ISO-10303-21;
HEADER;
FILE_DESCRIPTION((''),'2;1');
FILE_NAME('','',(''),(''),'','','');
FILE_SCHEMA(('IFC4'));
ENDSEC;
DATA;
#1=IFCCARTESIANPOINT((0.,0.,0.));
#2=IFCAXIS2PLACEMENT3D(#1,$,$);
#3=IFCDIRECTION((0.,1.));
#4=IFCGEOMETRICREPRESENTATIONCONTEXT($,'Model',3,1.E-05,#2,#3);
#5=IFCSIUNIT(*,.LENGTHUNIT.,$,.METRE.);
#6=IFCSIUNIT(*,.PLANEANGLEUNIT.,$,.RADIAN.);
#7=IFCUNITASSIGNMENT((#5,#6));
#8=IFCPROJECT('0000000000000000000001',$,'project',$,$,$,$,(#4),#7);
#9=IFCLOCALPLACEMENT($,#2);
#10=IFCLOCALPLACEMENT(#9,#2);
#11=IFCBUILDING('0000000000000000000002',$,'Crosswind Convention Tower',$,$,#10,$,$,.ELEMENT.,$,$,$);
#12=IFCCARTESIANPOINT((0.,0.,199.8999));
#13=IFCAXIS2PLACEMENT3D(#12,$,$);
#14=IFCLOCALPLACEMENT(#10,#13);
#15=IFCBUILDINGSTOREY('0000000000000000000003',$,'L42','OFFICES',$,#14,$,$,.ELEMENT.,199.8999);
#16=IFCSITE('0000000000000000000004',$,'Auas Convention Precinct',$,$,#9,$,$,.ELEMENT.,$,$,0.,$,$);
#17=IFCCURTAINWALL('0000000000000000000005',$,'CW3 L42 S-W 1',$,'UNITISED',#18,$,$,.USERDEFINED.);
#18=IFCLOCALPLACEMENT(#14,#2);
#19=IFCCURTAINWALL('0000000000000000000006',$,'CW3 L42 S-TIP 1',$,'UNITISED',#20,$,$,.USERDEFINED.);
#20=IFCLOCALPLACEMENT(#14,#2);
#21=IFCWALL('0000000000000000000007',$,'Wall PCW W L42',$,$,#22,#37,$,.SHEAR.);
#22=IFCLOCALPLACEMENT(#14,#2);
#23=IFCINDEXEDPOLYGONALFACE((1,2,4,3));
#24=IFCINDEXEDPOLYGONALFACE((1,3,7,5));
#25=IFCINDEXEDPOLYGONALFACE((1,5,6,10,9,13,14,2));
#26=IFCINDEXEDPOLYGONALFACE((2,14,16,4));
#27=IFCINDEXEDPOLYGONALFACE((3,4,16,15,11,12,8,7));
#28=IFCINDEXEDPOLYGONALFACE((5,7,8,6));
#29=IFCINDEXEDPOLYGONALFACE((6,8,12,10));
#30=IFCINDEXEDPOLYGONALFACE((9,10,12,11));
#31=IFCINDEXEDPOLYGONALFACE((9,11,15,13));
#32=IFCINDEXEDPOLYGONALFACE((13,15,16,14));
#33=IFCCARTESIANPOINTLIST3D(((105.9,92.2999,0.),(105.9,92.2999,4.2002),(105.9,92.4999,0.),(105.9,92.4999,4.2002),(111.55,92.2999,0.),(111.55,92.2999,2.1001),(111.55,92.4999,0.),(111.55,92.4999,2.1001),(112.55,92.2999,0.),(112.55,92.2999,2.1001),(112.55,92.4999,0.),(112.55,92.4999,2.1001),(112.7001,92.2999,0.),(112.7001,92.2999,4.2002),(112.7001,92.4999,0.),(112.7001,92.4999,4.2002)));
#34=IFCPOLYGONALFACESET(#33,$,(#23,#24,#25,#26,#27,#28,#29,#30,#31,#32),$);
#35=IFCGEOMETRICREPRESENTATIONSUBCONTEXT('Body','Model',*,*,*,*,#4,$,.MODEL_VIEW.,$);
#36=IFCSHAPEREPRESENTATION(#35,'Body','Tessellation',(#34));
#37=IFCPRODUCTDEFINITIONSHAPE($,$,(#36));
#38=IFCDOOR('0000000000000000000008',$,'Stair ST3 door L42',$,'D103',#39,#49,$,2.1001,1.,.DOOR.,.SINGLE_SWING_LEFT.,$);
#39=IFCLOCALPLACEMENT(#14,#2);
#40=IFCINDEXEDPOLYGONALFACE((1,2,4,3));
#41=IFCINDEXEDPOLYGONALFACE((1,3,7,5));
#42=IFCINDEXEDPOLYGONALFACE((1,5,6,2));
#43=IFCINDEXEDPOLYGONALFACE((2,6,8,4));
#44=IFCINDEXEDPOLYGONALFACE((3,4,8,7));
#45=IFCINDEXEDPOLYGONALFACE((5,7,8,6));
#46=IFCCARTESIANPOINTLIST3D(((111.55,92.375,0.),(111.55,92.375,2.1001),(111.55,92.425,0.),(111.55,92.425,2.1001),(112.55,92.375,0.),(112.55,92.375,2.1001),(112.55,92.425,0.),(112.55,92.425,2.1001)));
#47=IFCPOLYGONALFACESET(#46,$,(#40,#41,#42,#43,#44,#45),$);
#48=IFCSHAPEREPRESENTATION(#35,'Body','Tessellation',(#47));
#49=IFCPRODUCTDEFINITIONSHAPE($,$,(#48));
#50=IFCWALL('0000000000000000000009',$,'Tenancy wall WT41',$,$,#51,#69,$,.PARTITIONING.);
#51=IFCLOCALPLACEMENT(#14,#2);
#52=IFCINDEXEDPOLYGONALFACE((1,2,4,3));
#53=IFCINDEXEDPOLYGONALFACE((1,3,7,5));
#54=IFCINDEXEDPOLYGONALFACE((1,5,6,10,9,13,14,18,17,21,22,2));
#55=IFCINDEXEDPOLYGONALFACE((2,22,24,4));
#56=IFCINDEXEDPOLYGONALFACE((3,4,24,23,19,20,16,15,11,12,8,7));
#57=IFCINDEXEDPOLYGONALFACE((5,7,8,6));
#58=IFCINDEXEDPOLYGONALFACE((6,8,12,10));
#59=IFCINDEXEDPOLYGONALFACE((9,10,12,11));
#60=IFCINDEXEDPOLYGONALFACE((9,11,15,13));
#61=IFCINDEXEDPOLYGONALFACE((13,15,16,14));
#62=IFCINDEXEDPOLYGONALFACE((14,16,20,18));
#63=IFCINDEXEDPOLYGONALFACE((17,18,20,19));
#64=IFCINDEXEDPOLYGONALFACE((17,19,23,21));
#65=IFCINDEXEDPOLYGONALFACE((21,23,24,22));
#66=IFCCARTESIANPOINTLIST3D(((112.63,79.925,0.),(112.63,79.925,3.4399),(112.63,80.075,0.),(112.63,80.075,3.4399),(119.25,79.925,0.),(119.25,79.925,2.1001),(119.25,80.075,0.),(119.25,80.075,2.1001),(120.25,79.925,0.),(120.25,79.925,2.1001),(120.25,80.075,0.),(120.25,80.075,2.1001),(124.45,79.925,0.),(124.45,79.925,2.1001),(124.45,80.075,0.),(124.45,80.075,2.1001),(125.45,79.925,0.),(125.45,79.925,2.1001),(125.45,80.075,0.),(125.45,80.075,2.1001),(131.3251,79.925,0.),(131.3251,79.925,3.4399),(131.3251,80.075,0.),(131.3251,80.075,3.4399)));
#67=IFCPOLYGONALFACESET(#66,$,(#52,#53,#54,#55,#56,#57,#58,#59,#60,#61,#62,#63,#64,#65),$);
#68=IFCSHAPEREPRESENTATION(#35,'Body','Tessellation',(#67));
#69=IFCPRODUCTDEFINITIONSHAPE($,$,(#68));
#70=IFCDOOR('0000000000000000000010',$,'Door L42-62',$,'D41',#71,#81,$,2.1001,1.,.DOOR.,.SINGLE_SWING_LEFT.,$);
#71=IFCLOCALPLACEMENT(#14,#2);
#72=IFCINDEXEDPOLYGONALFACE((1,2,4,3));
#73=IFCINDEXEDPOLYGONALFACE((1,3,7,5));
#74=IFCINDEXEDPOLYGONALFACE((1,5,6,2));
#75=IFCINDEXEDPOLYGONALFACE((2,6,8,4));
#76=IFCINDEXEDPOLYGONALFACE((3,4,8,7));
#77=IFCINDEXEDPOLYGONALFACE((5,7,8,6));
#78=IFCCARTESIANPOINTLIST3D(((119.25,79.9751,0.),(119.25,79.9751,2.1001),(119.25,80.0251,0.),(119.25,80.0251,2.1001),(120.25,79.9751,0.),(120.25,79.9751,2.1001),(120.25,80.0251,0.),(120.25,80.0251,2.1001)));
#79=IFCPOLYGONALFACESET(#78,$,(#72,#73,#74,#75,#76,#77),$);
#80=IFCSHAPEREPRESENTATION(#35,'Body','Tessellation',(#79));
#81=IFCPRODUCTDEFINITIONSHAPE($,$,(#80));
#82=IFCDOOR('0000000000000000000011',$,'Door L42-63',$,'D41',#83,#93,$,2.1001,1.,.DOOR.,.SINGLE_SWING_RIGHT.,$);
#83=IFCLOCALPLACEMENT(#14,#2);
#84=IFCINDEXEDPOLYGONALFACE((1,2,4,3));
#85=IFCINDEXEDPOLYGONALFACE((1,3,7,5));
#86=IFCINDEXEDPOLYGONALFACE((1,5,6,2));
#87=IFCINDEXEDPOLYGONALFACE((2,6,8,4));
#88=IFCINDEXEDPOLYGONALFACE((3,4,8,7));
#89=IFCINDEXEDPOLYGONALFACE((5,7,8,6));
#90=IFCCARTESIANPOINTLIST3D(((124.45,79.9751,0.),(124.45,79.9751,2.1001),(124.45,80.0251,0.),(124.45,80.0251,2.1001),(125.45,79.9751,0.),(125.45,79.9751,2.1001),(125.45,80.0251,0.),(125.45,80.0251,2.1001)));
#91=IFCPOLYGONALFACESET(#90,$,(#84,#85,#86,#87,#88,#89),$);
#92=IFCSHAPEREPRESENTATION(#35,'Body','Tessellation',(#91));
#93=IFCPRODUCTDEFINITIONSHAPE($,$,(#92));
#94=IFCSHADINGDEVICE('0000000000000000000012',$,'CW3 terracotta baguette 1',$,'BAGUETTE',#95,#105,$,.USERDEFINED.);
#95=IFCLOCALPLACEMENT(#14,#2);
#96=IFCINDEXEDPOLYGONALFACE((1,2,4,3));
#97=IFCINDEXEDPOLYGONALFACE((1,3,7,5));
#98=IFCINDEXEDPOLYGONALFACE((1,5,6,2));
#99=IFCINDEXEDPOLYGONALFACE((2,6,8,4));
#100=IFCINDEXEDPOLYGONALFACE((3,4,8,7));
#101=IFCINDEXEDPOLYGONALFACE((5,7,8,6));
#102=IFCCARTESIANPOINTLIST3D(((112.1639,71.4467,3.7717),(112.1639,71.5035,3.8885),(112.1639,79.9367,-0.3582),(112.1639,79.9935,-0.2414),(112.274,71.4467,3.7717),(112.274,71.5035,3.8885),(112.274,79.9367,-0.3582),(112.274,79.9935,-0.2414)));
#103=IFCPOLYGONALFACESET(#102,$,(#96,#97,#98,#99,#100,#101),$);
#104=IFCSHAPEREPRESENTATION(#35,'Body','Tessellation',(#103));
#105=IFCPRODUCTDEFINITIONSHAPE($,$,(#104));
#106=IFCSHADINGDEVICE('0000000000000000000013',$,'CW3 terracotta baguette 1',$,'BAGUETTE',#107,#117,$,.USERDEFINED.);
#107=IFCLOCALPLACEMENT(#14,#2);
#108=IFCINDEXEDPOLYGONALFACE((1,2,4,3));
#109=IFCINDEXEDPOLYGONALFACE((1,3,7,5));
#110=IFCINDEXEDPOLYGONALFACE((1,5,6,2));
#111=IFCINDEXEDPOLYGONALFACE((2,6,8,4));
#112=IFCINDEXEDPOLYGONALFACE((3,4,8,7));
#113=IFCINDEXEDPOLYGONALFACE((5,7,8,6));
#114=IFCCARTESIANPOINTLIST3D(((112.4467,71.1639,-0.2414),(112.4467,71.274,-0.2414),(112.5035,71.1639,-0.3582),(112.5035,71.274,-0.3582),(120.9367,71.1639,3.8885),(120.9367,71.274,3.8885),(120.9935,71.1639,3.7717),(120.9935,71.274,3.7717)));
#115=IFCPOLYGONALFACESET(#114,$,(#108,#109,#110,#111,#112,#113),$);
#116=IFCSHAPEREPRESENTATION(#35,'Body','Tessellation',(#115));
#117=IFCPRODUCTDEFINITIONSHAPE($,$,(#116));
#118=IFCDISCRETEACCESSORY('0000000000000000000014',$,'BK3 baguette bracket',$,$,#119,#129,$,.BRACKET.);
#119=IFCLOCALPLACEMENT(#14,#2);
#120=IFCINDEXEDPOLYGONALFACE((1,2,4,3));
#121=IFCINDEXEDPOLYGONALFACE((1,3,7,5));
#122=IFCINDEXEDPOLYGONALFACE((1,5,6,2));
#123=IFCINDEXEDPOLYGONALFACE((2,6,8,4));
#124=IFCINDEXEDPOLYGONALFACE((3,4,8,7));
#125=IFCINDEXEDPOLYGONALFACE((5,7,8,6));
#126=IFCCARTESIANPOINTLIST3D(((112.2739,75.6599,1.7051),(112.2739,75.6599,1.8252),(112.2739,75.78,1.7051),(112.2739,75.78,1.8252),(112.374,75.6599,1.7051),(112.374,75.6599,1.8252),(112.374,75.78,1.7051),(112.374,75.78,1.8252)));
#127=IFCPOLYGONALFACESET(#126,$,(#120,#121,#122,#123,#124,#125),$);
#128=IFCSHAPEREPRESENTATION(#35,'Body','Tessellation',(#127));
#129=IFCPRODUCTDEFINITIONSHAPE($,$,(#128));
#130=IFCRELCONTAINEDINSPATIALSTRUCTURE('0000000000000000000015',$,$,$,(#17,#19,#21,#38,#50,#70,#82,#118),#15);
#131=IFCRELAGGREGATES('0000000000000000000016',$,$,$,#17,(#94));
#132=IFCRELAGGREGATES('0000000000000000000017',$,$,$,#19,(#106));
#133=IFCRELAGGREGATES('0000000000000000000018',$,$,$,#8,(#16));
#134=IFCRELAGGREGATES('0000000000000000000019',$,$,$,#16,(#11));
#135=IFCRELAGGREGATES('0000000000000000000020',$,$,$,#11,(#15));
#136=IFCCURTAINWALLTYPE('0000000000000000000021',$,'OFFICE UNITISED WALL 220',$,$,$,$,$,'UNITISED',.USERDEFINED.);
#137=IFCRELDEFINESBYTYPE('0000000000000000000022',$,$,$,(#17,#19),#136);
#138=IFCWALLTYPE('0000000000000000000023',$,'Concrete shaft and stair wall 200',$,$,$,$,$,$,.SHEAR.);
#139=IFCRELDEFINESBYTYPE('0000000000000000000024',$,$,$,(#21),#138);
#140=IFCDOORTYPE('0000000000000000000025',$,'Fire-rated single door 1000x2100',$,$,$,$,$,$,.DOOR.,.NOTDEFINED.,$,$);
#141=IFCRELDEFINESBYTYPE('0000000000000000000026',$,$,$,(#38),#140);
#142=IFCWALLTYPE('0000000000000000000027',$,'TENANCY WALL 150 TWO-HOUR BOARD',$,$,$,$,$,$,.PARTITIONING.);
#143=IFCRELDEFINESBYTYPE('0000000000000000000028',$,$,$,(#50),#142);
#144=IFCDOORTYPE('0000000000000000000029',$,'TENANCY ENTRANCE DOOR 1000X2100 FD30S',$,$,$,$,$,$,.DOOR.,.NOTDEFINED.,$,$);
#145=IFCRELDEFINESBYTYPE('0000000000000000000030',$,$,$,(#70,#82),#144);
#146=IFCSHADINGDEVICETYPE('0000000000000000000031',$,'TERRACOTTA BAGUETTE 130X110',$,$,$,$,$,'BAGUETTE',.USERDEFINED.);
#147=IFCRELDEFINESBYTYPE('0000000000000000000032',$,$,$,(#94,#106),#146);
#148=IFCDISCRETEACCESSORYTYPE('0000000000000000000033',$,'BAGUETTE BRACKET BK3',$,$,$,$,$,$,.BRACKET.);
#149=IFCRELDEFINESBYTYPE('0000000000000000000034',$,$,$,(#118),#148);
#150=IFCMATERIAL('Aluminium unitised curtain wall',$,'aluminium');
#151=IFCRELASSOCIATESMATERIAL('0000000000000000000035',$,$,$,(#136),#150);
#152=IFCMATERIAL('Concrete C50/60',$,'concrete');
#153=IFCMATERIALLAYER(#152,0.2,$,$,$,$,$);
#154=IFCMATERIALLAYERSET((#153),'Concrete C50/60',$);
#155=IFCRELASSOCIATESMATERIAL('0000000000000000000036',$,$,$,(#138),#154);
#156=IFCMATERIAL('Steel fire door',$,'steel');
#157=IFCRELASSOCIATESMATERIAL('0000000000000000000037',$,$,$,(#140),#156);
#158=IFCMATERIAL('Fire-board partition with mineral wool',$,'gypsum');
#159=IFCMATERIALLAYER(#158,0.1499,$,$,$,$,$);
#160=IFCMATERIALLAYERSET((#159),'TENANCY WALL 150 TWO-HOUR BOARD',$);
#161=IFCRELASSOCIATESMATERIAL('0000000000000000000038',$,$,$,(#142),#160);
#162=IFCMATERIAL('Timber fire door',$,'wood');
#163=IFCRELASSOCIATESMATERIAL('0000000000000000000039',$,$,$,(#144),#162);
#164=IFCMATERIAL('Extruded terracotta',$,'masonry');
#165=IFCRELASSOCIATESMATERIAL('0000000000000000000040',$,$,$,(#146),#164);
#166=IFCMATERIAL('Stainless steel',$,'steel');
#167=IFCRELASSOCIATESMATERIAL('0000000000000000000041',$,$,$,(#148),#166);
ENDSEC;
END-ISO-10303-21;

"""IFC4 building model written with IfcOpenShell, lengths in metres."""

from ifc_helpers import new_model, si_unit, direction, frame, frame_2d, origin, origin_2d, place, context, subcontext, project, spatial, rectangle, extrude, material, layer, layer_set, material_profile, profile_set, type_object, element, fill, aggregate, save


model = new_model("IFC4")

# Units and contexts
model_context = context("Model", 3, precision=1e-05, world=origin(), true_north=direction((0.0, 1.0)))
body_context = subcontext(model_context, "Body", "Model", "MODEL_VIEW")
ifc_project = project(units=[si_unit("LENGTHUNIT", "METRE"), si_unit("PLANEANGLEUNIT", "RADIAN")], contexts=[model_context])

# Site, building, storey
site_placement = place(None, origin())
site = spatial("IfcSite", under=ifc_project, at=site_placement, Name="Auas Convention Precinct", CompositionType="ELEMENT", RefElevation=0.0)
building_placement = place(site_placement, origin())
building = spatial("IfcBuilding", under=site, at=building_placement, Name="Crosswind Convention Tower", CompositionType="ELEMENT")
storey_placement = place(building_placement, frame((0.0, 0.0, 199.8999)))
storey = spatial("IfcBuildingStorey", under=building, at=storey_placement, Name="L42", Description="OFFICES", CompositionType="ELEMENT", Elevation=199.8999)

# Curtain wall
ifc_material_1 = material(Name="Aluminium unitised curtain wall", Category="aluminium")
curtain_wall_type_1 = type_object("IfcCurtainWallType", Name="OFFICE UNITISED WALL 220", ElementType="UNITISED", PredefinedType="USERDEFINED", material=ifc_material_1)
curtain_wall_1_placement = place(storey_placement, origin())
curtain_wall_1 = element("IfcCurtainWall", 1, at=curtain_wall_1_placement, inside=storey, type_object=curtain_wall_type_1, Name="CW3 L42 S-W 1", ObjectType="UNITISED", PredefinedType="USERDEFINED")

# Curtain wall
curtain_wall_2_placement = place(storey_placement, origin())
curtain_wall_2 = element("IfcCurtainWall", 2, at=curtain_wall_2_placement, inside=storey, type_object=curtain_wall_type_1, Name="CW3 L42 S-TIP 1", ObjectType="UNITISED", PredefinedType="USERDEFINED")

# Wall, opening, door
ifc_material_2 = material(Name="Concrete C50/60", Category="concrete")
ifc_layer_1 = layer(ifc_material_2, 0.2)
ifc_layer_set_1 = layer_set([ifc_layer_1], Name="Concrete C50/60")
wall_type_1 = type_object("IfcWallType", Name="Concrete shaft and stair wall 200", PredefinedType="SHEAR", material=ifc_layer_set_1)
ifc_material_3 = material(Name="Steel fire door", Category="steel")
wall_1_placement = place(storey_placement, frame((112.7, 92.3999, 0.0), z_axis=(0.0, 0.0, 1.0), x_axis=(-1.0, 0.0, 0.0)))
wall_1 = element("IfcWall", 3, at=wall_1_placement, inside=storey, type_object=wall_type_1, Name="Wall PCW W L42", PredefinedType="SHEAR", context=body_context, shape_type="SweptSolid", body=[
    extrude(rectangle(XDim=6.8, YDim=0.2, at=frame_2d((3.3999, 0.0))), origin(), (0.0, 0.0, 1.0), 4.2002),
])
opening_1_placement = place(wall_1_placement, frame((0.1499, 0.0, 0.0)))
opening_1 = element("IfcOpeningElement", 4, at=opening_1_placement, cuts=wall_1, PredefinedType="OPENING", context=body_context, shape_type="SweptSolid", body=[
    extrude(rectangle(XDim=1.0, YDim=2.1001, at=frame_2d((0.5, 1.05))), frame((0.0, 0.1099, 0.0), z_axis=(0.0, -1.0, 0.0), x_axis=(1.0, 0.0, 0.0)), (0.0, 0.0, 1.0), 0.22),
])
door_type_1 = type_object("IfcDoorType", Name="Fire-rated single door 1000x2100", OperationType="NOTDEFINED", PredefinedType="DOOR", material=ifc_material_3)
door_1_placement = place(opening_1_placement, origin())
door_1 = element("IfcDoor", 5, at=door_1_placement, inside=storey, type_object=door_type_1, Name="Stair ST3 door L42", ObjectType="D103", OperationType="SINGLE_SWING_LEFT", OverallHeight=2.1001, OverallWidth=1.0, PredefinedType="DOOR", context=body_context, shape_type="SweptSolid", body=[
    extrude(rectangle(XDim=1.0, YDim=2.1001, at=frame_2d((0.5, 1.05))), frame((0.0, 0.0249, 0.0), z_axis=(0.0, -1.0, 0.0), x_axis=(1.0, 0.0, 0.0)), (0.0, 0.0, 1.0), 0.05),
])
fill(opening_1, door_1)

# Wall, openings, doors
ifc_material_4 = material(Name="Fire-board partition with mineral wool", Category="gypsum")
ifc_layer_2 = layer(ifc_material_4, 0.1499)
ifc_layer_set_2 = layer_set([ifc_layer_2], Name="TENANCY WALL 150 TWO-HOUR BOARD")
wall_type_2 = type_object("IfcWallType", Name="TENANCY WALL 150 TWO-HOUR BOARD", PredefinedType="PARTITIONING", material=ifc_layer_set_2)
wall_2_placement = place(storey_placement, frame((112.6299, 80.0, 0.0), z_axis=(0.0, 0.0, 1.0), x_axis=(1.0, 0.0, 0.0)))
wall_2 = element("IfcWall", 6, at=wall_2_placement, inside=storey, type_object=wall_type_2, Name="Tenancy wall WT41", PredefinedType="PARTITIONING", context=body_context, shape_type="SweptSolid", body=[
    extrude(rectangle(XDim=18.6951, YDim=0.1499, at=frame_2d((9.3477, 0.0))), origin(), (0.0, 0.0, 1.0), 3.4399),
])
opening_2_placement = place(wall_2_placement, frame((6.6201, 0.0, 0.0)))
opening_2 = element("IfcOpeningElement", 7, at=opening_2_placement, cuts=wall_2, PredefinedType="OPENING", context=body_context, shape_type="SweptSolid", body=[
    extrude(rectangle(XDim=1.0, YDim=2.1001, at=frame_2d((0.5, 1.05))), frame((0.0, 0.085, 0.0), z_axis=(0.0, -1.0, 0.0), x_axis=(1.0, 0.0, 0.0)), (0.0, 0.0, 1.0), 0.1699),
])
opening_3_placement = place(wall_2_placement, frame((11.8201, 0.0, 0.0)))
opening_3 = element("IfcOpeningElement", 8, at=opening_3_placement, cuts=wall_2, PredefinedType="OPENING", context=body_context, shape_type="SweptSolid", body=[
    extrude(rectangle(XDim=1.0, YDim=2.1001, at=frame_2d((0.5, 1.05))), frame((0.0, 0.085, 0.0), z_axis=(0.0, -1.0, 0.0), x_axis=(1.0, 0.0, 0.0)), (0.0, 0.0, 1.0), 0.1699),
])
ifc_material_5 = material(Name="Timber fire door", Category="wood")
door_type_2 = type_object("IfcDoorType", Name="TENANCY ENTRANCE DOOR 1000X2100 FD30S", OperationType="NOTDEFINED", PredefinedType="DOOR", material=ifc_material_5)
door_2_placement = place(opening_2_placement, frame((1.0, 0.0, 0.0), z_axis=(0.0, 0.0, 1.0), x_axis=(-1.0, 0.0, 0.0)))
door_2 = element("IfcDoor", 9, at=door_2_placement, inside=storey, type_object=door_type_2, Name="Door L42-62", ObjectType="D41", OperationType="SINGLE_SWING_LEFT", OverallHeight=2.1001, OverallWidth=1.0, PredefinedType="DOOR", context=body_context, shape_type="SweptSolid", body=[
    extrude(rectangle(XDim=1.0, YDim=2.1001, at=frame_2d((0.5, 1.05))), frame((0.0, 0.0249, 0.0), z_axis=(0.0, -1.0, 0.0), x_axis=(1.0, 0.0, 0.0)), (0.0, 0.0, 1.0), 0.05),
])
fill(opening_2, door_2)
door_3_placement = place(opening_3_placement, frame((1.0, 0.0, 0.0), z_axis=(0.0, 0.0, 1.0), x_axis=(-1.0, 0.0, 0.0)))
door_3 = element("IfcDoor", 10, at=door_3_placement, inside=storey, type_object=door_type_2, Name="Door L42-63", ObjectType="D41", OperationType="SINGLE_SWING_RIGHT", OverallHeight=2.1001, OverallWidth=1.0, PredefinedType="DOOR", context=body_context, shape_type="SweptSolid", body=[
    extrude(rectangle(XDim=1.0, YDim=2.1001, at=frame_2d((0.5, 1.05))), frame((0.0, 0.0249, 0.0), z_axis=(0.0, -1.0, 0.0), x_axis=(1.0, 0.0, 0.0)), (0.0, 0.0, 1.0), 0.05),
])
fill(opening_3, door_3)

# Shading devices
ifc_material_6 = material(Name="Extruded terracotta", Category="masonry")
ifc_material_profile_1 = material_profile(ifc_material_6, rectangle(XDim=0.1101, YDim=0.1299, at=origin_2d()), Name="TC 110X130")
ifc_profile_set_1 = profile_set([ifc_material_profile_1], Name="Extruded terracotta")
shading_device_type = type_object("IfcShadingDeviceType", Name="TERRACOTTA BAGUETTE 130X110", ElementType="BAGUETTE", PredefinedType="USERDEFINED", material=ifc_profile_set_1)
shading_device_1_placement = place(storey_placement, frame((112.219, 79.9651, -0.2998), z_axis=(0.0, -0.899251, 0.437433), x_axis=(1.0, 0.0, 0.0)))
shading_device_1 = element("IfcShadingDevice", 11, at=shading_device_1_placement, type_object=shading_device_type, Name="CW3 terracotta baguette 1", ObjectType="BAGUETTE", PredefinedType="USERDEFINED", context=body_context, shape_type="SweptSolid", body=[
    extrude(rectangle(XDim=0.1101, YDim=0.1299, at=origin_2d()), origin(), (0.0, 0.0, 1.0), 9.4412),
])
aggregate(curtain_wall_1, [shading_device_1])
shading_device_2_placement = place(storey_placement, frame((112.4751, 71.219, -0.2998), z_axis=(0.899251, 0.0, 0.437433), x_axis=(0.0, 1.0, 0.0)))
shading_device_2 = element("IfcShadingDevice", 12, at=shading_device_2_placement, type_object=shading_device_type, Name="CW3 terracotta baguette 1", ObjectType="BAGUETTE", PredefinedType="USERDEFINED", context=body_context, shape_type="SweptSolid", body=[
    extrude(rectangle(XDim=0.1101, YDim=0.1299, at=origin_2d()), origin(), (0.0, 0.0, 1.0), 9.4412),
])
aggregate(curtain_wall_2, [shading_device_2])

# Discrete accessory
ifc_material_7 = material(Name="Stainless steel", Category="steel")
discrete_accessory_type = type_object("IfcDiscreteAccessoryType", Name="BAGUETTE BRACKET BK3", PredefinedType="BRACKET", material=ifc_material_7)
discrete_accessory_placement = place(storey_placement, frame((112.324, 75.72, 1.7051), z_axis=(0.0, 0.0, 1.0), x_axis=(0.0, -1.0, 0.0)))
element("IfcDiscreteAccessory", 13, at=discrete_accessory_placement, inside=storey, type_object=discrete_accessory_type, Name="BK3 baguette bracket", PredefinedType="BRACKET", context=body_context, shape_type="SweptSolid", body=[
    extrude(rectangle(XDim=0.1201, YDim=0.1001, at=origin_2d()), origin(), (0.0, 0.0, 1.0), 0.1201),
])

save(model, "model.ifc")
